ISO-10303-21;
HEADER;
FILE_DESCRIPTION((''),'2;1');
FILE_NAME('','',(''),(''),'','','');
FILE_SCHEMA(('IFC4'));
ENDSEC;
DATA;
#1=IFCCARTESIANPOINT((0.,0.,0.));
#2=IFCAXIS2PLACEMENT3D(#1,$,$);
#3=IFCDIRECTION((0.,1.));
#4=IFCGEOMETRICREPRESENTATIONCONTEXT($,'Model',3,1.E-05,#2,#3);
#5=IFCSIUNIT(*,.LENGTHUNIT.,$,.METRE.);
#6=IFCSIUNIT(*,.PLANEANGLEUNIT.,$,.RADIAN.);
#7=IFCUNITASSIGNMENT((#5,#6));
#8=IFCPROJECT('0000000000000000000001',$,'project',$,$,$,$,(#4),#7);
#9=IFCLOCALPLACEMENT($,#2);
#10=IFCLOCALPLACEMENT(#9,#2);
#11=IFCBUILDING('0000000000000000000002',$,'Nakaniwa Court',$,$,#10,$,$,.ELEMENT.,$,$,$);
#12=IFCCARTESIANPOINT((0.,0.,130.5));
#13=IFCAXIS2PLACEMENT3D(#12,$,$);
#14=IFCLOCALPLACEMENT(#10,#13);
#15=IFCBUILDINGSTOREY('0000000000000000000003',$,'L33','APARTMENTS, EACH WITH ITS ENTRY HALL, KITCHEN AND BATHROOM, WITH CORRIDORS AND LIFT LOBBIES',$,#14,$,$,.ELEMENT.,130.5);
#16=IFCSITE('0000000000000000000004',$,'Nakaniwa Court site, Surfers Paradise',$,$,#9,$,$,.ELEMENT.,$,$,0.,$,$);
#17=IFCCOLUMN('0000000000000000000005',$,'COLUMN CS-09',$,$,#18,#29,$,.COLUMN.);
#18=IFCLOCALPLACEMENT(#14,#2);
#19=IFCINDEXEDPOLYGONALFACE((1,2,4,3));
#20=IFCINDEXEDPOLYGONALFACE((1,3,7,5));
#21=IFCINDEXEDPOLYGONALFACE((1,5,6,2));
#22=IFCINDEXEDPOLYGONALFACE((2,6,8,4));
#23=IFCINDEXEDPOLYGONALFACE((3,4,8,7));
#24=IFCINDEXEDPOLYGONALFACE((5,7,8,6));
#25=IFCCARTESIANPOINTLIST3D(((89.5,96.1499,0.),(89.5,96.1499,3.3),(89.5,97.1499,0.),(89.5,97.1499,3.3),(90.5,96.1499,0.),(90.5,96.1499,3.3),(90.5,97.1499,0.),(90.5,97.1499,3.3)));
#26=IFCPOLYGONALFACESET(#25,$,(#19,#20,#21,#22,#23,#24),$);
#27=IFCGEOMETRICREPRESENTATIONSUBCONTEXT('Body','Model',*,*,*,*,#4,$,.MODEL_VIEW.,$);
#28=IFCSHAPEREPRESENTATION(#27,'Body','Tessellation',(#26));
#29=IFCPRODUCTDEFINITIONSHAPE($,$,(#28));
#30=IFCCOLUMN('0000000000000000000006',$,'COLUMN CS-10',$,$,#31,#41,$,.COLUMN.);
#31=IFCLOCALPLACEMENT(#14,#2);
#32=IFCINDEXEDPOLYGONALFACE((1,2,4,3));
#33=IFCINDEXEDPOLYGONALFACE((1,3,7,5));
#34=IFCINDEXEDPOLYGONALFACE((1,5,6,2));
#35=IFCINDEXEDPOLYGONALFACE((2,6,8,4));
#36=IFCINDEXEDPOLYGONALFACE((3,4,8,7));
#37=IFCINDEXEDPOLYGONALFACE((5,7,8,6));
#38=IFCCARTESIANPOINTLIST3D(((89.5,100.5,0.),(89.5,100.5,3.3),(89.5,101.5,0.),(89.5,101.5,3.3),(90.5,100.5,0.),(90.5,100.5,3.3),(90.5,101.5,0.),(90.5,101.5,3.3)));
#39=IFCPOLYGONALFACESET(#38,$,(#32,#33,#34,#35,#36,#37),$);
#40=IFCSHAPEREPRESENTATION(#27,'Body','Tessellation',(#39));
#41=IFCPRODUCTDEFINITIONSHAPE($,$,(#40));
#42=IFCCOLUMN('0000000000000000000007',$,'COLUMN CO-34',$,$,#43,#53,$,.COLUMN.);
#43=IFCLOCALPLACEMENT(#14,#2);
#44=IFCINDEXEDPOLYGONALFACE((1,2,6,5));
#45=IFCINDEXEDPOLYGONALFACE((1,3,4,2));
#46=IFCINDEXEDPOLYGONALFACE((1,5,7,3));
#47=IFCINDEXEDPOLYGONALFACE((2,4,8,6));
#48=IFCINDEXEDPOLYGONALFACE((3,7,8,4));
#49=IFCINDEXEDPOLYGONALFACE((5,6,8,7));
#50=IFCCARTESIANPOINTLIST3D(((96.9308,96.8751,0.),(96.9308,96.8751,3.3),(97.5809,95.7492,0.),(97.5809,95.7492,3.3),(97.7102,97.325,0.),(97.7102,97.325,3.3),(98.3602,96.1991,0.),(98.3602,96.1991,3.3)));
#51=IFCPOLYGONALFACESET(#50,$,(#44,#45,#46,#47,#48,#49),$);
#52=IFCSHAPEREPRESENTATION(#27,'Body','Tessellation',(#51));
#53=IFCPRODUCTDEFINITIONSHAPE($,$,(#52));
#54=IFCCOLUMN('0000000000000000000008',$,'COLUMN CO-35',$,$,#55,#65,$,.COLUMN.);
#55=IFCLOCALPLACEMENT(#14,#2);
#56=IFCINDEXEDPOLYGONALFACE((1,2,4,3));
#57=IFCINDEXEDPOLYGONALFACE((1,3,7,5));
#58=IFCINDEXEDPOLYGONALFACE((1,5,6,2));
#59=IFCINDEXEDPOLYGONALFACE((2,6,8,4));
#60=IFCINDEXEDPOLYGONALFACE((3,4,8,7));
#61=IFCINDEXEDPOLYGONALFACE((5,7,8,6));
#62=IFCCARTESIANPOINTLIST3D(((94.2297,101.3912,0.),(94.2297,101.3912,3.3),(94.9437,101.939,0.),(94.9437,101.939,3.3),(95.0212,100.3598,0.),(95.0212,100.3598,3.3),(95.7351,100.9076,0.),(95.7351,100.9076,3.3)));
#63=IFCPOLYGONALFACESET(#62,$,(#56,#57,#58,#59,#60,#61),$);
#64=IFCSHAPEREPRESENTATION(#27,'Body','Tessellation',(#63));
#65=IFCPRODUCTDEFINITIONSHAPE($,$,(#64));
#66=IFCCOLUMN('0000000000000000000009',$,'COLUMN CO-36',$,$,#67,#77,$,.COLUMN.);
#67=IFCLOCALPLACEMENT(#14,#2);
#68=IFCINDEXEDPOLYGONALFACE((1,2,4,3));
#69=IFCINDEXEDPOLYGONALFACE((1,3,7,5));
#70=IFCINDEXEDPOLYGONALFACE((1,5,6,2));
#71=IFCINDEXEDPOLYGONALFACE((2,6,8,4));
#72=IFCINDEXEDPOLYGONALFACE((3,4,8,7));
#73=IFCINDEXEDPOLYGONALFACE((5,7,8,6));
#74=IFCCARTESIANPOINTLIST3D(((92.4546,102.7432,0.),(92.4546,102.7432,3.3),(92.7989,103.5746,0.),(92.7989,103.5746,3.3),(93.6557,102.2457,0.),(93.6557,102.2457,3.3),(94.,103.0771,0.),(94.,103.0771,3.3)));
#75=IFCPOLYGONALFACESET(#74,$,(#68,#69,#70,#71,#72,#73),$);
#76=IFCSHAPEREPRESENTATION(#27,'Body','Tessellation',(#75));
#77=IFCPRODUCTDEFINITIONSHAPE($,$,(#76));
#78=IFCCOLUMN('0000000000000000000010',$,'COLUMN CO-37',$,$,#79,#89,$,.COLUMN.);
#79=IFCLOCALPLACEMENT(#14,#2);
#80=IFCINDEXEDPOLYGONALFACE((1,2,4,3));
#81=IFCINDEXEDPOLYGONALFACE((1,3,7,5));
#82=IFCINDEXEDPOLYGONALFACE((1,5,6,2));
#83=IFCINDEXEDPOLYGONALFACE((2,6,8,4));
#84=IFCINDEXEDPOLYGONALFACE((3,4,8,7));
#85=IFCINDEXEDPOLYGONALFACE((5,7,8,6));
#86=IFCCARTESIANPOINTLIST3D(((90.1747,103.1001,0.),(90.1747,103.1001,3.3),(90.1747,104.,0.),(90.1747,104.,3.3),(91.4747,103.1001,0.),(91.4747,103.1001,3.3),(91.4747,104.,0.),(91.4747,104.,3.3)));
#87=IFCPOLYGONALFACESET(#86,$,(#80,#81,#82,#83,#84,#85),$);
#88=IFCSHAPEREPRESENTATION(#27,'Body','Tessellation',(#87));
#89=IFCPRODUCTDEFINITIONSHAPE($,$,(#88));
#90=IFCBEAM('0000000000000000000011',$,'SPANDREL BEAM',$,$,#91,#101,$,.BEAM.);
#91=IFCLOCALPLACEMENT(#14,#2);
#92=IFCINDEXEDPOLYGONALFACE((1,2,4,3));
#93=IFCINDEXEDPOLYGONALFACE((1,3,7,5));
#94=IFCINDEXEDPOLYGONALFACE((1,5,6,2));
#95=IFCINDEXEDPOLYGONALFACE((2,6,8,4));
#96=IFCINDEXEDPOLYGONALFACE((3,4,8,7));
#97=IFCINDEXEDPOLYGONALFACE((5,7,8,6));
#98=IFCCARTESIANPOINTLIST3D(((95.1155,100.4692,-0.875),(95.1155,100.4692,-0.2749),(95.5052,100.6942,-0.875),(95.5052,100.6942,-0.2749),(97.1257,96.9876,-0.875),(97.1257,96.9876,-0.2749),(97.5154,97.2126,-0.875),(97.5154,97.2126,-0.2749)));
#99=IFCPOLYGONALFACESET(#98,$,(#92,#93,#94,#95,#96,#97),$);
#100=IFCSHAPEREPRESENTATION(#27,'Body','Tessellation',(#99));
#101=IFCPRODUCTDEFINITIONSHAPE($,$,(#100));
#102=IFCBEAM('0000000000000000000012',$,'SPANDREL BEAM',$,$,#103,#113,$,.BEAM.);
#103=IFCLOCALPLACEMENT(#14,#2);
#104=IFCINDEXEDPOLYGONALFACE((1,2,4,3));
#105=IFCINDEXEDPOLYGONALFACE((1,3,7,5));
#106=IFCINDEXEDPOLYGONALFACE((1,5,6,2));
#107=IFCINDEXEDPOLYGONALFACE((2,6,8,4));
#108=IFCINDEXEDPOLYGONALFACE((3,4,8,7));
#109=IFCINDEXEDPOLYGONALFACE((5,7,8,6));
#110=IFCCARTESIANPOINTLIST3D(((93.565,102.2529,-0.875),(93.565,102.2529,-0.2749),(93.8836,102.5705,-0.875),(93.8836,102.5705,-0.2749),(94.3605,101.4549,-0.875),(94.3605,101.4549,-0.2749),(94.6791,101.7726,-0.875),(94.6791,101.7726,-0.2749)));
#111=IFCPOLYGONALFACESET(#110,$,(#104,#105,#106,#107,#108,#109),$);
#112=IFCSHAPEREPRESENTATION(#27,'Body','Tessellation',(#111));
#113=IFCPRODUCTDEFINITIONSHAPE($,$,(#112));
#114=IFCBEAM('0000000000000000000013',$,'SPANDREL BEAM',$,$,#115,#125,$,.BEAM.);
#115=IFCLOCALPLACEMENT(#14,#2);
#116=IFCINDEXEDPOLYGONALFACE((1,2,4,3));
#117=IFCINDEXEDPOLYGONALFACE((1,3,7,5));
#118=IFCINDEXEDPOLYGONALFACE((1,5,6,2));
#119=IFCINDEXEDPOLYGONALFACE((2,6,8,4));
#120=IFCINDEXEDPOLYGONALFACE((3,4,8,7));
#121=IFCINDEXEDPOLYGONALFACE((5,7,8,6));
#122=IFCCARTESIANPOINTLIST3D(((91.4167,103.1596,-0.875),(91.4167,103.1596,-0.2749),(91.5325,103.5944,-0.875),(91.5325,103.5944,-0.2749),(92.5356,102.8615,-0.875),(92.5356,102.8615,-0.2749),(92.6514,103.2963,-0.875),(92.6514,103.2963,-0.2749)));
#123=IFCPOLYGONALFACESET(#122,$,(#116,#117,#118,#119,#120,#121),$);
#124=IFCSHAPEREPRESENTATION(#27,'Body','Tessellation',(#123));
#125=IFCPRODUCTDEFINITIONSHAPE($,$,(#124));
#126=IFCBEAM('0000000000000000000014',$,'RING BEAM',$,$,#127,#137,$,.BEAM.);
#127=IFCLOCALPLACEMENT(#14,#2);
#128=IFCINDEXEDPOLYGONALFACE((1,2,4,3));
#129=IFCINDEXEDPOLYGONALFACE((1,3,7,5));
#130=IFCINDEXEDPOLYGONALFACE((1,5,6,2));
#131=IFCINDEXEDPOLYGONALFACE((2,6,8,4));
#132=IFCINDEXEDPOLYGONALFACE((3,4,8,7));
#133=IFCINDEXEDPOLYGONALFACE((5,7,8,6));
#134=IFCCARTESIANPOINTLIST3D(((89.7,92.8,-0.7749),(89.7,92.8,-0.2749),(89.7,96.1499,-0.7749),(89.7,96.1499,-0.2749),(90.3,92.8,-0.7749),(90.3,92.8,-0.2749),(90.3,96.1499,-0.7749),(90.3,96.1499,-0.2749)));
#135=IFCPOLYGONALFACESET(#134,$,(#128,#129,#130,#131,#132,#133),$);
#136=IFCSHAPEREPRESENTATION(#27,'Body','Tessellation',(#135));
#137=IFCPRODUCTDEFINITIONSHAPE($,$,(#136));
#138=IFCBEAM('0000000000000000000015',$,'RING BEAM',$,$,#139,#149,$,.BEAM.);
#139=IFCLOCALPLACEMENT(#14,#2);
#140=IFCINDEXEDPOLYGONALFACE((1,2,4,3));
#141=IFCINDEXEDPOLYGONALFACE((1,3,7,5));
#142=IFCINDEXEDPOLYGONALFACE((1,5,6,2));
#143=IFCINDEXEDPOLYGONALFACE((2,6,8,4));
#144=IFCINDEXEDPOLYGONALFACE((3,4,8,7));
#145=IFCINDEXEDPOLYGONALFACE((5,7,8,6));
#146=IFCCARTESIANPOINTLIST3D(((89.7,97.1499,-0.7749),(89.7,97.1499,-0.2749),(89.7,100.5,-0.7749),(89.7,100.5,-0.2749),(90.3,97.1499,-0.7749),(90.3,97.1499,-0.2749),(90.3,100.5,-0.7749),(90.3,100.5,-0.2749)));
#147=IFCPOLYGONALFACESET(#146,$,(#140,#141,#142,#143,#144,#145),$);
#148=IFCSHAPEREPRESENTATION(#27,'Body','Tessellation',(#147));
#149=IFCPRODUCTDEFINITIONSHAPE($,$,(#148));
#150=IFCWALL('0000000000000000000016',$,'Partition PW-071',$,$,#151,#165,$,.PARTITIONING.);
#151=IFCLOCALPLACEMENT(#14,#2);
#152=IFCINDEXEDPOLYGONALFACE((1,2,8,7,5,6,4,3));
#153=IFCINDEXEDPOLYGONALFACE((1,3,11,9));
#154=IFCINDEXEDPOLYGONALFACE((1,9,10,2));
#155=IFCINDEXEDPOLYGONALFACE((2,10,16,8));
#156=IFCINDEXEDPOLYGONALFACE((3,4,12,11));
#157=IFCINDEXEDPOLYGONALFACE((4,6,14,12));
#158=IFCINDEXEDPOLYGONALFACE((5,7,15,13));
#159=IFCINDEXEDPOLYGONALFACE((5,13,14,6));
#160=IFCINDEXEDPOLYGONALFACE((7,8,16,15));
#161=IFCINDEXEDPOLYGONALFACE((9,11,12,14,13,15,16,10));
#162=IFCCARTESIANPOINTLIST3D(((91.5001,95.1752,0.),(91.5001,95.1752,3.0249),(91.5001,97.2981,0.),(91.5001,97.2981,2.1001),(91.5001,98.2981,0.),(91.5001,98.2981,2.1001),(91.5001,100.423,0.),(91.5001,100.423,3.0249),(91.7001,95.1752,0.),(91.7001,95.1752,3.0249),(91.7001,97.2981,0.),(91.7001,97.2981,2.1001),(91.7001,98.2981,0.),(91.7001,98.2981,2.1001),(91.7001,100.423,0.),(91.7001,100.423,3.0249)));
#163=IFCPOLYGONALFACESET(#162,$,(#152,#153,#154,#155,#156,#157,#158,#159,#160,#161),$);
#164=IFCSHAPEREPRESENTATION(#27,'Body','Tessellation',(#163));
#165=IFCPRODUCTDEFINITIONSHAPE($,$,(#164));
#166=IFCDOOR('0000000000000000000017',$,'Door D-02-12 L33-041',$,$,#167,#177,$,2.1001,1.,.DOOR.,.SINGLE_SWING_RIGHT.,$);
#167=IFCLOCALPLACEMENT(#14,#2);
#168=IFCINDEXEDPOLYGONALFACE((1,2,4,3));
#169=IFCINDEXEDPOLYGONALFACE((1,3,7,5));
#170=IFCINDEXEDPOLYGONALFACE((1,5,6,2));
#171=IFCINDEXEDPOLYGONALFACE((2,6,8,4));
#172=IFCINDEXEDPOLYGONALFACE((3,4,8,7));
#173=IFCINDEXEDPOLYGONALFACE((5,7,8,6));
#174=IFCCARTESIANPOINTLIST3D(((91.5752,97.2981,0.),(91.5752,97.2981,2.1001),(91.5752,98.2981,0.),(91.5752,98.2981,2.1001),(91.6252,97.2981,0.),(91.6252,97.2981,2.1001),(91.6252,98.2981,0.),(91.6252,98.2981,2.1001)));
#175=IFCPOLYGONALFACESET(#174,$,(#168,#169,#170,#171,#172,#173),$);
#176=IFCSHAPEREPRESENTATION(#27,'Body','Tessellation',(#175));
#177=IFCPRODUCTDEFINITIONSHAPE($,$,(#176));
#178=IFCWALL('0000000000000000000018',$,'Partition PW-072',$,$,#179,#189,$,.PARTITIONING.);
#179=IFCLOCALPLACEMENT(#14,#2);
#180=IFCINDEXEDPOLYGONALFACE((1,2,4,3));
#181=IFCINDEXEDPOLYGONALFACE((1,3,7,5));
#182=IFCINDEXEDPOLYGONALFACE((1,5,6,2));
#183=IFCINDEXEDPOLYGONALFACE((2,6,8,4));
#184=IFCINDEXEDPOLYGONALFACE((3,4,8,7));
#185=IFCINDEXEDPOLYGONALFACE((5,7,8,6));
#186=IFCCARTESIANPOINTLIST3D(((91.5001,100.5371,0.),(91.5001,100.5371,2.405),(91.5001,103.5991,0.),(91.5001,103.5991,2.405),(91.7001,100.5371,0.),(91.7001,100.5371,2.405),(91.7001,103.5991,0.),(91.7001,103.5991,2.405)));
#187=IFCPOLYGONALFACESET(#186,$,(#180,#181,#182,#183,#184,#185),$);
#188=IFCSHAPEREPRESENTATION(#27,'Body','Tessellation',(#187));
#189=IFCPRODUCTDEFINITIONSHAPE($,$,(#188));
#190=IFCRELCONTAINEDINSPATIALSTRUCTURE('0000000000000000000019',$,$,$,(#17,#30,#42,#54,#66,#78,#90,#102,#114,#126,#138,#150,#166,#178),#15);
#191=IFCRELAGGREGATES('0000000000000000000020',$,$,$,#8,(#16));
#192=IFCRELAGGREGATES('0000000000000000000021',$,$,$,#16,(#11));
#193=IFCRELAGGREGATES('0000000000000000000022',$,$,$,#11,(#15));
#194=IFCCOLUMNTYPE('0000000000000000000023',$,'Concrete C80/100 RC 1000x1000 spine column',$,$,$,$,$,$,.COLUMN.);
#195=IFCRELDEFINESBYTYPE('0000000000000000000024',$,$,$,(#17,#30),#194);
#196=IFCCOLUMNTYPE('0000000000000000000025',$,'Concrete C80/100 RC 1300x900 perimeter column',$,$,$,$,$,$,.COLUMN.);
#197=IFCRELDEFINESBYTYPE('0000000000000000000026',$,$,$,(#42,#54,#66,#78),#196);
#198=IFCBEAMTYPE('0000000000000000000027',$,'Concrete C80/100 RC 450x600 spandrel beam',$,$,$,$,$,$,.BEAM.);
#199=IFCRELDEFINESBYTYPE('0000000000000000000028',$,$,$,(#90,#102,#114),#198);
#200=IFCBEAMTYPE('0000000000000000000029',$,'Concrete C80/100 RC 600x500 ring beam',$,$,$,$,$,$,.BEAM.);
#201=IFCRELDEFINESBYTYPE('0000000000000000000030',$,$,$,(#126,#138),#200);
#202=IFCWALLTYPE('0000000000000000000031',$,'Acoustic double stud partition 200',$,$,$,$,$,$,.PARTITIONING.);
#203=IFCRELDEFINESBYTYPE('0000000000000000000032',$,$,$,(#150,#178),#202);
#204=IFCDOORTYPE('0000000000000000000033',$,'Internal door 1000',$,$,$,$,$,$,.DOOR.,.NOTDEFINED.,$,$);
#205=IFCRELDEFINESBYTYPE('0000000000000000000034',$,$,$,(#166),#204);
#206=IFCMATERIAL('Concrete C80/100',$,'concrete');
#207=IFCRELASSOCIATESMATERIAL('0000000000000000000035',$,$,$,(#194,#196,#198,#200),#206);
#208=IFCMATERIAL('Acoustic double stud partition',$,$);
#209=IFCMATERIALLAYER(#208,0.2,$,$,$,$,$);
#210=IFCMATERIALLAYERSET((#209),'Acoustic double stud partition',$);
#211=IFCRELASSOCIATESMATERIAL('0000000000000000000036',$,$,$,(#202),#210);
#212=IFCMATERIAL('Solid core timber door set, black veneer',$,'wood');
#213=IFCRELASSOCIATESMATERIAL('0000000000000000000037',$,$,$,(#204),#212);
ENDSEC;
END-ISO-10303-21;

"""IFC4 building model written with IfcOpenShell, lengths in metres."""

from ifc_helpers import new_model, si_unit, direction, frame, frame_2d, origin, origin_2d, place, context, subcontext, project, spatial, rectangle, extrude, material, layer, layer_set, material_profile, profile_set, type_object, element, fill, save


model = new_model("IFC4")

# Units and contexts
model_context = context("Model", 3, precision=1e-05, world=origin(), true_north=direction((0.0, 1.0)))
body_context = subcontext(model_context, "Body", "Model", "MODEL_VIEW")
ifc_project = project(units=[si_unit("LENGTHUNIT", "METRE"), si_unit("PLANEANGLEUNIT", "RADIAN")], contexts=[model_context])

# Site, building, storey
site_placement = place(None, origin())
site = spatial("IfcSite", under=ifc_project, at=site_placement, Name="Nakaniwa Court site, Surfers Paradise", CompositionType="ELEMENT", RefElevation=0.0)
building_placement = place(site_placement, origin())
building = spatial("IfcBuilding", under=site, at=building_placement, Name="Nakaniwa Court", CompositionType="ELEMENT")
storey_placement = place(building_placement, frame((0.0, 0.0, 130.5)))
storey = spatial("IfcBuildingStorey", under=building, at=storey_placement, Name="L33", Description="APARTMENTS, EACH WITH ITS ENTRY HALL, KITCHEN AND BATHROOM, WITH CORRIDORS AND LIFT LOBBIES", CompositionType="ELEMENT", Elevation=130.5)

# Columns
ifc_material_1 = material(Name="Concrete C80/100", Category="concrete")
ifc_material_profile_1 = material_profile(ifc_material_1, rectangle(XDim=1.0, YDim=1.0, at=origin_2d()), Name="Concrete C80/100 RC 1000x1000 spine column")
ifc_profile_set_1 = profile_set([ifc_material_profile_1], Name="Concrete C80/100")
column_type_1 = type_object("IfcColumnType", Name="Concrete C80/100 RC 1000x1000 spine column", PredefinedType="COLUMN", material=ifc_profile_set_1)
for number, where, z_axis, x_axis, name in (
    (1, (90.0, 96.6499, 0.0), (0.0, 0.0, 1.0), (0.0, 1.0, 0.0), "COLUMN CS-09"),
    (2, (90.0, 101.0, 0.0), (0.0, 0.0, 1.0), (0.0, 1.0, 0.0), "COLUMN CS-10"),
):
    element("IfcColumn", number, at=place(storey_placement, frame(where, z_axis=z_axis, x_axis=x_axis)), inside=storey, type_object=column_type_1, Name=name, PredefinedType="COLUMN", context=body_context, shape_type="SweptSolid", body=[
        extrude(rectangle(XDim=1.0, YDim=1.0, at=origin_2d()), origin(), (0.0, 0.0, 1.0), 3.3),
    ])
ifc_material_profile_2 = material_profile(ifc_material_1, rectangle(XDim=1.3, YDim=0.8999, at=origin_2d()), Name="Concrete C80/100 RC 1300x900 perimeter column")
ifc_profile_set_2 = profile_set([ifc_material_profile_2], Name="Concrete C80/100")
column_type_2 = type_object("IfcColumnType", Name="Concrete C80/100 RC 1300x900 perimeter column", PredefinedType="COLUMN", material=ifc_profile_set_2)
for number, where, z_axis, x_axis, name in (
    (3, (97.6455, 96.5371, 0.0), (0.0, 0.0, 1.0), (-0.5, 0.866025, 0.0), "COLUMN CO-34"),
    (4, (94.9824, 101.1494, 0.0), (0.0, 0.0, 1.0), (-0.608761, 0.793353, 0.0), "COLUMN CO-35"),
    (5, (93.2273, 102.9102, 0.0), (0.0, 0.0, 1.0), (-0.92388, 0.382683, 0.0), "COLUMN CO-36"),
    (6, (90.8247, 103.55, 0.0), (0.0, 0.0, 1.0), (-1.0, 0.0, 0.0), "COLUMN CO-37"),
):
    element("IfcColumn", number, at=place(storey_placement, frame(where, z_axis=z_axis, x_axis=x_axis)), inside=storey, type_object=column_type_2, Name=name, PredefinedType="COLUMN", context=body_context, shape_type="SweptSolid", body=[
        extrude(rectangle(XDim=1.3, YDim=0.8999, at=origin_2d()), origin(), (0.0, 0.0, 1.0), 3.3),
    ])

# Beams
ifc_material_profile_3 = material_profile(ifc_material_1, rectangle(XDim=0.45, YDim=0.6001, at=origin_2d()), Name="Concrete C80/100 RC 450x600 spandrel beam")
ifc_profile_set_3 = profile_set([ifc_material_profile_3], Name="Concrete C80/100")
beam_type_1 = type_object("IfcBeamType", Name="Concrete C80/100 RC 450x600 spandrel beam", PredefinedType="BEAM", material=ifc_profile_set_3)
beam_1_placement = place(storey_placement, frame((97.3206, 97.1001, -0.575), z_axis=(-0.500019, 0.866015, 0.0), x_axis=(-0.866015, -0.500019, 0.0)))
element("IfcBeam", 7, at=beam_1_placement, inside=storey, type_object=beam_type_1, Name="SPANDREL BEAM", PredefinedType="BEAM", context=body_context, shape_type="SweptSolid", body=[
    extrude(rectangle(XDim=0.45, YDim=0.6001, at=origin_2d()), origin(), (0.0, 0.0, 1.0), 4.0203),
])
beam_2_placement = place(storey_placement, frame((94.5198, 101.6138, -0.575), z_axis=(-0.706022, 0.708189, 0.0), x_axis=(-0.708189, -0.706022, 0.0)))
element("IfcBeam", 8, at=beam_2_placement, inside=storey, type_object=beam_type_1, Name="SPANDREL BEAM", PredefinedType="BEAM", context=body_context, shape_type="SweptSolid", body=[
    extrude(rectangle(XDim=0.45, YDim=0.6001, at=origin_2d()), origin(), (0.0, 0.0, 1.0), 1.1267),
])
beam_3_placement = place(storey_placement, frame((92.5935, 103.0789, -0.575), z_axis=(-0.966294, 0.25744, 0.0), x_axis=(-0.25744, -0.966294, 0.0)))
element("IfcBeam", 9, at=beam_3_placement, inside=storey, type_object=beam_type_1, Name="SPANDREL BEAM", PredefinedType="BEAM", context=body_context, shape_type="SweptSolid", body=[
    extrude(rectangle(XDim=0.45, YDim=0.6001, at=origin_2d()), origin(), (0.0, 0.0, 1.0), 1.158),
])
ifc_material_profile_4 = material_profile(ifc_material_1, rectangle(XDim=0.6001, YDim=0.5, at=origin_2d()), Name="Concrete C80/100 RC 600x500 ring beam")
ifc_profile_set_4 = profile_set([ifc_material_profile_4], Name="Concrete C80/100")
beam_type_2 = type_object("IfcBeamType", Name="Concrete C80/100 RC 600x500 ring beam", PredefinedType="BEAM", material=ifc_profile_set_4)
beam_4_placement = place(storey_placement, frame((90.0, 92.8, -0.5249), z_axis=(0.0, 1.0, 0.0), x_axis=(-1.0, 0.0, 0.0)))
element("IfcBeam", 10, at=beam_4_placement, inside=storey, type_object=beam_type_2, Name="RING BEAM", PredefinedType="BEAM", context=body_context, shape_type="SweptSolid", body=[
    extrude(rectangle(XDim=0.6001, YDim=0.5, at=origin_2d()), origin(), (0.0, 0.0, 1.0), 3.3499),
])
beam_5_placement = place(storey_placement, frame((90.0, 97.1499, -0.5249), z_axis=(0.0, 1.0, 0.0), x_axis=(-1.0, 0.0, 0.0)))
element("IfcBeam", 11, at=beam_5_placement, inside=storey, type_object=beam_type_2, Name="RING BEAM", PredefinedType="BEAM", context=body_context, shape_type="SweptSolid", body=[
    extrude(rectangle(XDim=0.6001, YDim=0.5, at=origin_2d()), origin(), (0.0, 0.0, 1.0), 3.3501),
])

# Wall, opening, door
ifc_material_2 = material(Name="Acoustic double stud partition")
ifc_layer_1 = layer(ifc_material_2, 0.2)
ifc_layer_set_1 = layer_set([ifc_layer_1], Name="Acoustic double stud partition")
wall_type_1 = type_object("IfcWallType", Name="Acoustic double stud partition 200", PredefinedType="PARTITIONING", material=ifc_layer_set_1)
wall_1_placement = place(storey_placement, frame((91.6001, 95.175, 0.0), z_axis=(0.0, 0.0, 1.0), x_axis=(0.0, 1.0, 0.0)))
wall_1 = element("IfcWall", 12, at=wall_1_placement, inside=storey, type_object=wall_type_1, Name="Partition PW-071", PredefinedType="PARTITIONING", context=body_context, shape_type="SweptSolid", body=[
    extrude(rectangle(XDim=5.2478, YDim=0.2, at=frame_2d((2.624, 0.0))), origin(), (0.0, 0.0, 1.0), 3.0249),
])
opening_1_placement = place(wall_1_placement, frame((2.123, 0.0, 0.0)))
opening_1 = element("IfcOpeningElement", 13, at=opening_1_placement, cuts=wall_1, PredefinedType="OPENING", context=body_context, shape_type="SweptSolid", body=[
    extrude(rectangle(XDim=1.0, YDim=2.1001, at=frame_2d((0.5, 1.05))), frame((0.0, 0.1099, 0.0), z_axis=(0.0, -1.0, 0.0), x_axis=(1.0, 0.0, 0.0)), (0.0, 0.0, 1.0), 0.22),
])
ifc_material_3 = material(Name="Solid core timber door set, black veneer", Category="wood")
door_type = type_object("IfcDoorType", Name="Internal door 1000", OperationType="NOTDEFINED", PredefinedType="DOOR", material=ifc_material_3)
door_1_placement = place(opening_1_placement, origin())
door_1 = element("IfcDoor", 14, at=door_1_placement, inside=storey, type_object=door_type, Name="Door D-02-12 L33-041", OperationType="SINGLE_SWING_RIGHT", OverallHeight=2.1001, OverallWidth=1.0, PredefinedType="DOOR", context=body_context, shape_type="SweptSolid", body=[
    extrude(rectangle(XDim=1.0, YDim=2.1001, at=frame_2d((0.5, 1.05))), frame((0.0, 0.0249, 0.0), z_axis=(0.0, -1.0, 0.0), x_axis=(1.0, 0.0, 0.0)), (0.0, 0.0, 1.0), 0.05),
])
fill(opening_1, door_1)

# Wall
wall_2_placement = place(storey_placement, frame((91.6001, 100.5371, 0.0), z_axis=(0.0, 0.0, 1.0), x_axis=(0.0, 1.0, 0.0)))
element("IfcWall", 15, at=wall_2_placement, inside=storey, type_object=wall_type_1, Name="Partition PW-072", PredefinedType="PARTITIONING", context=body_context, shape_type="SweptSolid", body=[
    extrude(rectangle(XDim=3.062, YDim=0.2, at=frame_2d((1.531, 0.0))), origin(), (0.0, 0.0, 1.0), 2.405),
])

save(model, "model.ifc")
